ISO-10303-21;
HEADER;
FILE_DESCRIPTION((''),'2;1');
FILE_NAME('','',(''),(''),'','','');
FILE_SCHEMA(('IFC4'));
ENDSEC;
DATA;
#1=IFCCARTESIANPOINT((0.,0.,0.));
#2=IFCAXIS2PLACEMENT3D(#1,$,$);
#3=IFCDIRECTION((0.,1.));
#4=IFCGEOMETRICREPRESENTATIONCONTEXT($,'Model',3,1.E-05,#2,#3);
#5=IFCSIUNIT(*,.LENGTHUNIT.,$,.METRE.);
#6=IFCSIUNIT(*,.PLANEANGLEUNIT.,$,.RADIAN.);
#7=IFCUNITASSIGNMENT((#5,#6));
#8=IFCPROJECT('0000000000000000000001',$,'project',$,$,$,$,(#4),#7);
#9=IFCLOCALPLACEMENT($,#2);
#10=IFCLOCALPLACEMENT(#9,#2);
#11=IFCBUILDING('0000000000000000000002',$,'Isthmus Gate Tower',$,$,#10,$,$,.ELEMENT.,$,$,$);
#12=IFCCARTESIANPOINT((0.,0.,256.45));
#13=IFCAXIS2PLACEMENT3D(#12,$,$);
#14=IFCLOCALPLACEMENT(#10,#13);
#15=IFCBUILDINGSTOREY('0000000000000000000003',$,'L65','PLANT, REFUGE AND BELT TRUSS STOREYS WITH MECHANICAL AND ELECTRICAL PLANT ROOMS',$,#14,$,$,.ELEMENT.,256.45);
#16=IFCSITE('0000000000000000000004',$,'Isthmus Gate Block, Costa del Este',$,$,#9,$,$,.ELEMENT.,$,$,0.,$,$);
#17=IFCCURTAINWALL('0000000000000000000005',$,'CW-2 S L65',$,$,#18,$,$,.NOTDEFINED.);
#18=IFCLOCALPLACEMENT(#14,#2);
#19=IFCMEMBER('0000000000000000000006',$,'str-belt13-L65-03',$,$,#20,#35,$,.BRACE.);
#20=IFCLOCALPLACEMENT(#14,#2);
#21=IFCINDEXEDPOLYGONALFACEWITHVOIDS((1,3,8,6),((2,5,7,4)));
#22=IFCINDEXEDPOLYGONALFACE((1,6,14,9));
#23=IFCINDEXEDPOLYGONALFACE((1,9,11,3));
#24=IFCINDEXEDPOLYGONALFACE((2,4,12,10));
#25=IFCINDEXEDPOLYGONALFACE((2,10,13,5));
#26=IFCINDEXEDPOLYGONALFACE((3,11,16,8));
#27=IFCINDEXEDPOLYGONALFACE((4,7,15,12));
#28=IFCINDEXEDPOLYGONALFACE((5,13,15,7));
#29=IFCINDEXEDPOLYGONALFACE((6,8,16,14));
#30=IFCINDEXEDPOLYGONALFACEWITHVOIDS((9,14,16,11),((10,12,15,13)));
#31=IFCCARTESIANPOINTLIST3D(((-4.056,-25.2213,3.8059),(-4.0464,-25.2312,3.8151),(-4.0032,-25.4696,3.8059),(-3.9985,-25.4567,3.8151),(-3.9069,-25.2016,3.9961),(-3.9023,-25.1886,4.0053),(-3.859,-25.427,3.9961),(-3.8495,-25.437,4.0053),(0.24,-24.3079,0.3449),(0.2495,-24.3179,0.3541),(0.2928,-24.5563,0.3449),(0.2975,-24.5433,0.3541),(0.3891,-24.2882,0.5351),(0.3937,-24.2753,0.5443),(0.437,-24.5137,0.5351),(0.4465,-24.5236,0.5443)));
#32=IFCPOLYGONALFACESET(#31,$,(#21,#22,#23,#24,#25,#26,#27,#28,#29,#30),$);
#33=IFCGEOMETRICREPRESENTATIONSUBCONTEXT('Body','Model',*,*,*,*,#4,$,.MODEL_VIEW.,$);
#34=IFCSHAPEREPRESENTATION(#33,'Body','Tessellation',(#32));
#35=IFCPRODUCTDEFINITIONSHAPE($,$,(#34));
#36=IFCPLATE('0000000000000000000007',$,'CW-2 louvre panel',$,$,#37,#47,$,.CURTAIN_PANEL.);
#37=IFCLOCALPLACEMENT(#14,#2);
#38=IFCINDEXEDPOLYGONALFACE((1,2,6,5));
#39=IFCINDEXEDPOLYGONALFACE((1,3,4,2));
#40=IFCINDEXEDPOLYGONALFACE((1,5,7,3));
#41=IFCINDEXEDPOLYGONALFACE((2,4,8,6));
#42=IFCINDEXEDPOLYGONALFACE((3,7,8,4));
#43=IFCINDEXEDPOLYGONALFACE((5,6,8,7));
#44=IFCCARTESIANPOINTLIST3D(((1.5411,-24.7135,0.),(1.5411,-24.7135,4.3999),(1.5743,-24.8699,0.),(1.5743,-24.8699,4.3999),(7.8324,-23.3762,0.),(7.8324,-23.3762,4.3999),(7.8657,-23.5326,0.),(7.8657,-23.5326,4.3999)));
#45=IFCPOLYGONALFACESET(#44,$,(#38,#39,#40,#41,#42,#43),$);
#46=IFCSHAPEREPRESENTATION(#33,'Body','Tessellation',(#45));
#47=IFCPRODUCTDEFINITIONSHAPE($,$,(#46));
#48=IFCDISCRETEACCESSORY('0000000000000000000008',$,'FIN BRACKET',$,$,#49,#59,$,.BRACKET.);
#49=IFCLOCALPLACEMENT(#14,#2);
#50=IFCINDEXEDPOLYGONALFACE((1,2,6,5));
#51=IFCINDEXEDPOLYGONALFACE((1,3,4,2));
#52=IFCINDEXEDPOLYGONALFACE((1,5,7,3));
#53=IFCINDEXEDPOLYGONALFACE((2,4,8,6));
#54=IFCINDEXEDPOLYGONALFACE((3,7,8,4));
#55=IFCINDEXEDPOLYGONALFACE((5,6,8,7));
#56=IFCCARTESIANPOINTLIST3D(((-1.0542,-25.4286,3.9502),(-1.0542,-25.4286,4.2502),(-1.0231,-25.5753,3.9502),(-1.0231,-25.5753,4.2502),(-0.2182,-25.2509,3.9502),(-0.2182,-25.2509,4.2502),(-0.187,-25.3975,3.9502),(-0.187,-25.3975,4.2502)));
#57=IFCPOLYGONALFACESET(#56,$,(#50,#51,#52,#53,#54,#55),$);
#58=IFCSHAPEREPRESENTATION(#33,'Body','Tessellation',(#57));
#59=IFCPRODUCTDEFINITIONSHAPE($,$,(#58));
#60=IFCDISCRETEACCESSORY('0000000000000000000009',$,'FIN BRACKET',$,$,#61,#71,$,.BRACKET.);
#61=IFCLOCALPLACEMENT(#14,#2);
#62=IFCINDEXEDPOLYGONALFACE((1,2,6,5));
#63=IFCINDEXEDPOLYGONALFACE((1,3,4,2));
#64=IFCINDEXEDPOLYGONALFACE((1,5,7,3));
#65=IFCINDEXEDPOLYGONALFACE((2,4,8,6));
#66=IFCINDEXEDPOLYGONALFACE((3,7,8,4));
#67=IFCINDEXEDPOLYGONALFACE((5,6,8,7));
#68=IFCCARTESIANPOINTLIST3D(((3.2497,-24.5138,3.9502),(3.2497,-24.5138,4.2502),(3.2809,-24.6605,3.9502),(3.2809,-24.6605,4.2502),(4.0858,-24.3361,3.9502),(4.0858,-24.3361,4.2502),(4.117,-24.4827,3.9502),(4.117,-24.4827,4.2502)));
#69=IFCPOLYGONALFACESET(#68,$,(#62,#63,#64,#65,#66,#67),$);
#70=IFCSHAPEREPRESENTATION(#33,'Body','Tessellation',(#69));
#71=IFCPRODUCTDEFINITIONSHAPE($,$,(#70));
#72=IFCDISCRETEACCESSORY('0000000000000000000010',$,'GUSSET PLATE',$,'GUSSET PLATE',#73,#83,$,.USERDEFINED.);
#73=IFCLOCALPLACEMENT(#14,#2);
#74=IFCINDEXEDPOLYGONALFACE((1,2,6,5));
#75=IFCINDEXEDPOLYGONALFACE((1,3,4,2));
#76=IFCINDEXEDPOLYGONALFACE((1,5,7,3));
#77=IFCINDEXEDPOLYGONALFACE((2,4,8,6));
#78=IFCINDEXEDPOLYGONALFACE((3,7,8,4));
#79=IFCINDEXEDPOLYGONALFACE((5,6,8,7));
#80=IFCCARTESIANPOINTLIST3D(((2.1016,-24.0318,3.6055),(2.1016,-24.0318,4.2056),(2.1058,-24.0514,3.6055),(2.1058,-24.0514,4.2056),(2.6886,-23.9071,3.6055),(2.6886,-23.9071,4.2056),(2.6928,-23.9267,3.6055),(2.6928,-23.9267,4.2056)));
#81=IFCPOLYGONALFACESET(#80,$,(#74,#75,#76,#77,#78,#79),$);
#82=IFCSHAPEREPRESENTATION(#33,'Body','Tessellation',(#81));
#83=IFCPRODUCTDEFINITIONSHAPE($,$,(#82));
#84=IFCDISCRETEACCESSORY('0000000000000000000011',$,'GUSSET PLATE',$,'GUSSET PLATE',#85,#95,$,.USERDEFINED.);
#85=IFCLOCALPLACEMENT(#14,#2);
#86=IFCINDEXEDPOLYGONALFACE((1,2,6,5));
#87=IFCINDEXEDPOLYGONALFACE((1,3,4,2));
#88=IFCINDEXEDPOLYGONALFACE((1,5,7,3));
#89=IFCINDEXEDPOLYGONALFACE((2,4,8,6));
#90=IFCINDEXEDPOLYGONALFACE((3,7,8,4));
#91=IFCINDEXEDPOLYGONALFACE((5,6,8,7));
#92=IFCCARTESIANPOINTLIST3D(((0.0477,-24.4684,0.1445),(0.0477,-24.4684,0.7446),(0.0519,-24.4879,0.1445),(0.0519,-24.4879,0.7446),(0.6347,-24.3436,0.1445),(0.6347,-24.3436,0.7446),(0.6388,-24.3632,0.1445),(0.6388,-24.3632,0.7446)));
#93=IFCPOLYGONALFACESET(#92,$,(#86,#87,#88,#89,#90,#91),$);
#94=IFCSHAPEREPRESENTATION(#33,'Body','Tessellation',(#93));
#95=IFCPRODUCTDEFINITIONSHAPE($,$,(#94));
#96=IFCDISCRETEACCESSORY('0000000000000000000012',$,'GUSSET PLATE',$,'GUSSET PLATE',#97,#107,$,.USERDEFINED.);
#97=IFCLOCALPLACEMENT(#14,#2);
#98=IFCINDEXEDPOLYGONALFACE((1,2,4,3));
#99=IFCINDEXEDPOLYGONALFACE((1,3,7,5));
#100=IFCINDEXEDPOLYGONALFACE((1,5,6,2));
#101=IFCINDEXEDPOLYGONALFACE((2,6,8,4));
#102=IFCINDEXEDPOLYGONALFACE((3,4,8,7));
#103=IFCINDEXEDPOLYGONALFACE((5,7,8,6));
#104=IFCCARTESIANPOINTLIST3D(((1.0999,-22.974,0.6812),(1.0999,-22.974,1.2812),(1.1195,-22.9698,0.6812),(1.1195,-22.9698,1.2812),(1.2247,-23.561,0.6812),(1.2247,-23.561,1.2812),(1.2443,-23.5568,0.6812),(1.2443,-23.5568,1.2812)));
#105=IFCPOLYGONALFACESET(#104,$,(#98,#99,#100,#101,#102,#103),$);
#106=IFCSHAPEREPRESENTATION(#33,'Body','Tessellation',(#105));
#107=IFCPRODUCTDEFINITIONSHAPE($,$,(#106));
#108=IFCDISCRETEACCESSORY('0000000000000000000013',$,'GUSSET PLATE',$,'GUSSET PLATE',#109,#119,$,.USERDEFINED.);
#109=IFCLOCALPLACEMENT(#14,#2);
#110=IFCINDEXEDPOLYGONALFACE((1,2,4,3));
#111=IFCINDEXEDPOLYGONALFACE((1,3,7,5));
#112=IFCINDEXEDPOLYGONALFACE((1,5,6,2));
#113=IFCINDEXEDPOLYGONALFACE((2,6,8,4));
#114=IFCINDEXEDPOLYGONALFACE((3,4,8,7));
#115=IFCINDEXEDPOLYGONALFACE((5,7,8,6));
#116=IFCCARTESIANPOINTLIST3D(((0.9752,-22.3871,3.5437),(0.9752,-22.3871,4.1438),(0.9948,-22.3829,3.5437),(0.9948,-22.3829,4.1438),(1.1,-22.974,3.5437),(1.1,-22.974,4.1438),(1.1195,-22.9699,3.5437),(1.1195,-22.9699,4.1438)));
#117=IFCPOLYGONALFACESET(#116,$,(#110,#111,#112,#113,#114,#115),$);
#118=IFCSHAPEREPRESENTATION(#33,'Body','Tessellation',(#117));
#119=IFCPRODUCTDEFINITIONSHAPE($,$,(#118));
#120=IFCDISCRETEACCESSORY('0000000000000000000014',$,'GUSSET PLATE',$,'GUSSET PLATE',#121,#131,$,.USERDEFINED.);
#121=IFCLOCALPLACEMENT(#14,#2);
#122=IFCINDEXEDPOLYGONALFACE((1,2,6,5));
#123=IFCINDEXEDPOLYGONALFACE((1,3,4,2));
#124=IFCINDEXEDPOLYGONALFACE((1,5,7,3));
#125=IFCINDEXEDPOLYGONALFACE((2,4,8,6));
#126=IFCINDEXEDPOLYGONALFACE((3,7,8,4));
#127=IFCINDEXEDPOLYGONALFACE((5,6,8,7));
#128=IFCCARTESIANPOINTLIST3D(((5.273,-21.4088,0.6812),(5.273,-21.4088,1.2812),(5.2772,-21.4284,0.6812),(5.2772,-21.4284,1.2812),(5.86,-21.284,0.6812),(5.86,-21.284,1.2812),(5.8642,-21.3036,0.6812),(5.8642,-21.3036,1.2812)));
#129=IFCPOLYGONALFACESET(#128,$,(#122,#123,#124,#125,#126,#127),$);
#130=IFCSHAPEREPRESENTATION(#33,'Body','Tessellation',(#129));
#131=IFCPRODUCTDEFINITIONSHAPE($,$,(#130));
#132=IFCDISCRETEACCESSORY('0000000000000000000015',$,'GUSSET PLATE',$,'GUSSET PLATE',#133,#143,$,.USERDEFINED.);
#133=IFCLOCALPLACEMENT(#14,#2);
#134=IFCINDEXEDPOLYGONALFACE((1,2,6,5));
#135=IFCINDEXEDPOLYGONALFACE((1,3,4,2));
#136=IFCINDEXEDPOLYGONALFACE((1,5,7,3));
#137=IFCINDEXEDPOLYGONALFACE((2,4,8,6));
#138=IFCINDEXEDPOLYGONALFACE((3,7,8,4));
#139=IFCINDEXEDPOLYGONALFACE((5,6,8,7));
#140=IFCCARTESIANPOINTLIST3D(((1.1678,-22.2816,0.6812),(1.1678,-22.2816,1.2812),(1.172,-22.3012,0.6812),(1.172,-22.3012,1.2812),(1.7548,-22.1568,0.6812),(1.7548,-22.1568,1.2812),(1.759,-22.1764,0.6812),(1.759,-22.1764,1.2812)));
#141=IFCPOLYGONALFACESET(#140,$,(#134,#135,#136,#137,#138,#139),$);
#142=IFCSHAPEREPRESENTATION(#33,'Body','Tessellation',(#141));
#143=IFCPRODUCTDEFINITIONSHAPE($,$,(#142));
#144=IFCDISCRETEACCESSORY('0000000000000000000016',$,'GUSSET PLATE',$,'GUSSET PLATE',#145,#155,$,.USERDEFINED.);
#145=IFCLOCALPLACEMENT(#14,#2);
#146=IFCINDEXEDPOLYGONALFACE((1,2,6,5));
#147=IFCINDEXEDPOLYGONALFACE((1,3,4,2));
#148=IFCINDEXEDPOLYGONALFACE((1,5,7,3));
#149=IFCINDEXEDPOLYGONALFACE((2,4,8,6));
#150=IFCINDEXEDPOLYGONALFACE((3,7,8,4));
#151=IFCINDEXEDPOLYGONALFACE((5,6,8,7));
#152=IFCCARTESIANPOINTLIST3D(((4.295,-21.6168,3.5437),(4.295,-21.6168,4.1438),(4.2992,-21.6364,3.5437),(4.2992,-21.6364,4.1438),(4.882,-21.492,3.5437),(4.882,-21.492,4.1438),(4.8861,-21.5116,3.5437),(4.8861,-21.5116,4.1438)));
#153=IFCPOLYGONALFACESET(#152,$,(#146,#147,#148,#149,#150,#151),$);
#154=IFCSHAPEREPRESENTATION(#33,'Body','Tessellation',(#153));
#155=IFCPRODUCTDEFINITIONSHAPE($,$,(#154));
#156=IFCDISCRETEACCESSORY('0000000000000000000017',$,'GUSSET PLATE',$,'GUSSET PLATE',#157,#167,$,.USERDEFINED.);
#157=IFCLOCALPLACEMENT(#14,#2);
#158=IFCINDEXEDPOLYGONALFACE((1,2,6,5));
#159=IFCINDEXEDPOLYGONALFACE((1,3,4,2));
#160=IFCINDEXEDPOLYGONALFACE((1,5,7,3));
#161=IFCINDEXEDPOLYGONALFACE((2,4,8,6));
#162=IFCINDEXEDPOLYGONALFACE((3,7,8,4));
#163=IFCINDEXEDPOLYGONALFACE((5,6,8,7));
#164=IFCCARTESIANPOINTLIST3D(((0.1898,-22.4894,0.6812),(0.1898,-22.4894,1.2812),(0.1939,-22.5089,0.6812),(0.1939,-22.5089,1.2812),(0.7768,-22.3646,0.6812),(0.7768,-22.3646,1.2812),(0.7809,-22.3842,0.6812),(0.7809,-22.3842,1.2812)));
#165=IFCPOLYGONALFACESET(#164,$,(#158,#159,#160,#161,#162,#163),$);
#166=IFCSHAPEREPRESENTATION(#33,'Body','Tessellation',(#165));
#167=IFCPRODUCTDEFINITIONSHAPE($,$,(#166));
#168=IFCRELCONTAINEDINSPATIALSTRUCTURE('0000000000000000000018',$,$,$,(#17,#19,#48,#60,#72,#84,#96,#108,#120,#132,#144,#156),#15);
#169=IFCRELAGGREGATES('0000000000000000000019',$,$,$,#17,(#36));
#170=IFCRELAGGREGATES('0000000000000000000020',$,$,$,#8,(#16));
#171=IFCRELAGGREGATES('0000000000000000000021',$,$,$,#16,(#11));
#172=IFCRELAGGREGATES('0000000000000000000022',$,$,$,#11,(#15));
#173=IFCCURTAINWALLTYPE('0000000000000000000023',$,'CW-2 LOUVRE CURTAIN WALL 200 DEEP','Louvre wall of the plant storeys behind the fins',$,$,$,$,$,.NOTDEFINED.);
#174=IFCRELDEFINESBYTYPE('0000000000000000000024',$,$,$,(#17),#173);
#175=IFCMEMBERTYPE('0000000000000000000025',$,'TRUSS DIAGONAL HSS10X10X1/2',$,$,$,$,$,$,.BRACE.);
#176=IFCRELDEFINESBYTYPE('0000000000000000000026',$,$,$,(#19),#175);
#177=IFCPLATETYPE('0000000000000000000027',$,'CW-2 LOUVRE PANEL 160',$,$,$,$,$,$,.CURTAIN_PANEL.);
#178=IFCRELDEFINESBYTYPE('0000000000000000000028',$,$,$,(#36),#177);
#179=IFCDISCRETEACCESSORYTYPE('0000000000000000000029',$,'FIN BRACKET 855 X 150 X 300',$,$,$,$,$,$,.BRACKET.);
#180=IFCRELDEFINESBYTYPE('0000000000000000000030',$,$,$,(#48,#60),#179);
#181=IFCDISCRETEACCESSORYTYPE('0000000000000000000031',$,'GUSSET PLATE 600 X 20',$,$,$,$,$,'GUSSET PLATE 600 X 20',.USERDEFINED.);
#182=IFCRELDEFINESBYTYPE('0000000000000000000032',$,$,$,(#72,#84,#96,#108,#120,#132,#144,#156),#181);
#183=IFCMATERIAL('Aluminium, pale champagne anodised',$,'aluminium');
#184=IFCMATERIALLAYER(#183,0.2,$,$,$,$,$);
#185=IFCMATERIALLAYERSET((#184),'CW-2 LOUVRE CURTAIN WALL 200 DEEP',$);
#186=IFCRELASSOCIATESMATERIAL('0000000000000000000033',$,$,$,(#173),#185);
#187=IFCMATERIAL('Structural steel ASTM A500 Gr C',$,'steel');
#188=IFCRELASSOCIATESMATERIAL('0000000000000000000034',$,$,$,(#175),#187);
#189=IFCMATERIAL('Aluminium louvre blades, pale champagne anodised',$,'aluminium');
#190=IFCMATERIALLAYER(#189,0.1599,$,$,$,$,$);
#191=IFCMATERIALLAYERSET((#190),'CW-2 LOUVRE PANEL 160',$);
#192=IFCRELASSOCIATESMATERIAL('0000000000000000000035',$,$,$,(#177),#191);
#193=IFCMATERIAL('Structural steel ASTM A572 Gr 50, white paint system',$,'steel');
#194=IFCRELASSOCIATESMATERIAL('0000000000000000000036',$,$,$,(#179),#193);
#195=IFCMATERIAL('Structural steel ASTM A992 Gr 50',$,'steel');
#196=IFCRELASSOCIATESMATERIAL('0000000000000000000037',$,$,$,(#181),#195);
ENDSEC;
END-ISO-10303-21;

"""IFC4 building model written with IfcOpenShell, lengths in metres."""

from ifc_helpers import new_model, si_unit, direction, frame, origin, origin_2d, place, context, subcontext, project, spatial, rectangle, hollow_rectangle, extrude, material, layer, layer_set, material_profile, profile_set, type_object, element, aggregate, save


model = new_model("IFC4")

# Units and contexts
model_context = context("Model", 3, precision=1e-05, world=origin(), true_north=direction((0.0, 1.0)))
body_context = subcontext(model_context, "Body", "Model", "MODEL_VIEW")
ifc_project = project(units=[si_unit("LENGTHUNIT", "METRE"), si_unit("PLANEANGLEUNIT", "RADIAN")], contexts=[model_context])

# Site, building, storey
site_placement = place(None, origin())
site = spatial("IfcSite", under=ifc_project, at=site_placement, Name="Isthmus Gate Block, Costa del Este", CompositionType="ELEMENT", RefElevation=0.0)
building_placement = place(site_placement, origin())
building = spatial("IfcBuilding", under=site, at=building_placement, Name="Isthmus Gate Tower", CompositionType="ELEMENT")
storey_placement = place(building_placement, frame((0.0, 0.0, 256.45)))
storey = spatial("IfcBuildingStorey", under=building, at=storey_placement, Name="L65", Description="PLANT, REFUGE AND BELT TRUSS STOREYS WITH MECHANICAL AND ELECTRICAL PLANT ROOMS", CompositionType="ELEMENT", Elevation=256.45)

# Curtain wall
ifc_material_1 = material(Name="Aluminium, pale champagne anodised", Category="aluminium")
ifc_layer_1 = layer(ifc_material_1, 0.2)
ifc_layer_set_1 = layer_set([ifc_layer_1], Name="CW-2 LOUVRE CURTAIN WALL 200 DEEP")
curtain_wall_type = type_object("IfcCurtainWallType", Name="CW-2 LOUVRE CURTAIN WALL 200 DEEP", Description="Louvre wall of the plant storeys behind the fins", PredefinedType="NOTDEFINED", material=ifc_layer_set_1)
curtain_wall_placement = place(storey_placement, origin())
curtain_wall = element("IfcCurtainWall", 1, at=curtain_wall_placement, inside=storey, type_object=curtain_wall_type, Name="CW-2 S L65", PredefinedType="NOTDEFINED")

# Member
ifc_material_2 = material(Name="Structural steel ASTM A500 Gr C", Category="steel")
ifc_material_profile_1 = material_profile(ifc_material_2, hollow_rectangle(XDim=0.2539, YDim=0.2539, WallThickness=0.0117, at=origin_2d()), Name="HSS10X10X1/2")
ifc_profile_set_1 = profile_set([ifc_material_profile_1], Name="Structural steel ASTM A500 Gr C")
member_type_1 = type_object("IfcMemberType", Name="TRUSS DIAGONAL HSS10X10X1/2", PredefinedType="BRACE", material=ifc_profile_set_1)
member_1_placement = place(storey_placement, frame((0.3433, -24.4158, 0.4446), z_axis=(-0.768265, -0.163337, 0.618943), x_axis=(0.207957, -0.978138, 0.0)))
element("IfcMember", 2, at=member_1_placement, inside=storey, type_object=member_type_1, Name="str-belt13-L65-03", PredefinedType="BRACE", context=body_context, shape_type="SweptSolid", body=[
    extrude(hollow_rectangle(XDim=0.2539, YDim=0.2539, WallThickness=0.0117, at=origin_2d()), origin(), (0.0, 0.0, 1.0), 5.5918),
])

# Plate
ifc_material_3 = material(Name="Aluminium louvre blades, pale champagne anodised", Category="aluminium")
ifc_layer_2 = layer(ifc_material_3, 0.1599)
ifc_layer_set_2 = layer_set([ifc_layer_2], Name="CW-2 LOUVRE PANEL 160")
plate_type = type_object("IfcPlateType", Name="CW-2 LOUVRE PANEL 160", PredefinedType="CURTAIN_PANEL", material=ifc_layer_set_2)
plate_placement = place(storey_placement, frame((4.7034, -24.123, 0.0), z_axis=(0.0, 0.0, 1.0), x_axis=(0.978148, 0.207912, 0.0)))
plate = element("IfcPlate", 3, at=plate_placement, type_object=plate_type, Name="CW-2 louvre panel", PredefinedType="CURTAIN_PANEL", context=body_context, shape_type="SweptSolid", body=[
    extrude(rectangle(XDim=6.4319, YDim=0.1599, at=origin_2d()), origin(), (0.0, 0.0, 1.0), 4.3999),
])
aggregate(curtain_wall, [plate])

# Discrete accessories
ifc_material_4 = material(Name="Structural steel ASTM A572 Gr 50, white paint system", Category="steel")
discrete_accessory_type_1 = type_object("IfcDiscreteAccessoryType", Name="FIN BRACKET 855 X 150 X 300", PredefinedType="BRACKET", material=ifc_material_4)
for number, where, z_axis, x_axis, name in (
    (4, (-0.6206, -25.4131, 3.9502), (0.0, 0.0, 1.0), (0.207912, -0.978148, 0.0), "FIN BRACKET"),
    (5, (3.6833, -24.4983, 3.9502), (0.0, 0.0, 1.0), (0.207912, -0.978148, 0.0), "FIN BRACKET"),
):
    element("IfcDiscreteAccessory", number, at=place(storey_placement, frame(where, z_axis=z_axis, x_axis=x_axis)), inside=storey, type_object=discrete_accessory_type_1, Name=name, PredefinedType="BRACKET", context=body_context, shape_type="SweptSolid", body=[
        extrude(rectangle(XDim=0.1499, YDim=0.8547, at=origin_2d()), origin(), (0.0, 0.0, 1.0), 0.3),
    ])
ifc_material_5 = material(Name="Structural steel ASTM A992 Gr 50", Category="steel")
discrete_accessory_type_2 = type_object("IfcDiscreteAccessoryType", Name="GUSSET PLATE 600 X 20", ElementType="GUSSET PLATE 600 X 20", PredefinedType="USERDEFINED", material=ifc_material_5)
for number, where, z_axis, x_axis, name in (
    (6, (2.3972, -23.9792, 3.6055), (0.0, 0.0, 1.0), (-0.978148, -0.207912, 0.0), "GUSSET PLATE"),
    (7, (0.3433, -24.4158, 0.1445), (0.0, 0.0, 1.0), (-0.978148, -0.207912, 0.0), "GUSSET PLATE"),
    (8, (1.1721, -23.2654, 0.6812), (0.0, 0.0, 1.0), (-0.207912, 0.978148, 0.0), "GUSSET PLATE"),
    (9, (1.0474, -22.6785, 3.5437), (0.0, 0.0, 1.0), (-0.207912, 0.978148, 0.0), "GUSSET PLATE"),
    (10, (5.5686, -21.3562, 0.6812), (0.0, 0.0, 1.0), (0.978148, 0.207912, 0.0), "GUSSET PLATE"),
    (11, (1.4634, -22.229, 0.6812), (0.0, 0.0, 1.0), (0.978148, 0.207912, 0.0), "GUSSET PLATE"),
    (12, (4.5906, -21.5642, 3.5437), (0.0, 0.0, 1.0), (0.978148, 0.207912, 0.0), "GUSSET PLATE"),
    (13, (0.4854, -22.4368, 0.6812), (0.0, 0.0, 1.0), (-0.978148, -0.207912, 0.0), "GUSSET PLATE"),
):
    element("IfcDiscreteAccessory", number, at=place(storey_placement, frame(where, z_axis=z_axis, x_axis=x_axis)), inside=storey, type_object=discrete_accessory_type_2, Name=name, ObjectType="GUSSET PLATE", PredefinedType="USERDEFINED", context=body_context, shape_type="SweptSolid", body=[
        extrude(rectangle(XDim=0.6001, YDim=0.02, at=origin_2d()), origin(), (0.0, 0.0, 1.0), 0.6001),
    ])

save(model, "model.ifc")
